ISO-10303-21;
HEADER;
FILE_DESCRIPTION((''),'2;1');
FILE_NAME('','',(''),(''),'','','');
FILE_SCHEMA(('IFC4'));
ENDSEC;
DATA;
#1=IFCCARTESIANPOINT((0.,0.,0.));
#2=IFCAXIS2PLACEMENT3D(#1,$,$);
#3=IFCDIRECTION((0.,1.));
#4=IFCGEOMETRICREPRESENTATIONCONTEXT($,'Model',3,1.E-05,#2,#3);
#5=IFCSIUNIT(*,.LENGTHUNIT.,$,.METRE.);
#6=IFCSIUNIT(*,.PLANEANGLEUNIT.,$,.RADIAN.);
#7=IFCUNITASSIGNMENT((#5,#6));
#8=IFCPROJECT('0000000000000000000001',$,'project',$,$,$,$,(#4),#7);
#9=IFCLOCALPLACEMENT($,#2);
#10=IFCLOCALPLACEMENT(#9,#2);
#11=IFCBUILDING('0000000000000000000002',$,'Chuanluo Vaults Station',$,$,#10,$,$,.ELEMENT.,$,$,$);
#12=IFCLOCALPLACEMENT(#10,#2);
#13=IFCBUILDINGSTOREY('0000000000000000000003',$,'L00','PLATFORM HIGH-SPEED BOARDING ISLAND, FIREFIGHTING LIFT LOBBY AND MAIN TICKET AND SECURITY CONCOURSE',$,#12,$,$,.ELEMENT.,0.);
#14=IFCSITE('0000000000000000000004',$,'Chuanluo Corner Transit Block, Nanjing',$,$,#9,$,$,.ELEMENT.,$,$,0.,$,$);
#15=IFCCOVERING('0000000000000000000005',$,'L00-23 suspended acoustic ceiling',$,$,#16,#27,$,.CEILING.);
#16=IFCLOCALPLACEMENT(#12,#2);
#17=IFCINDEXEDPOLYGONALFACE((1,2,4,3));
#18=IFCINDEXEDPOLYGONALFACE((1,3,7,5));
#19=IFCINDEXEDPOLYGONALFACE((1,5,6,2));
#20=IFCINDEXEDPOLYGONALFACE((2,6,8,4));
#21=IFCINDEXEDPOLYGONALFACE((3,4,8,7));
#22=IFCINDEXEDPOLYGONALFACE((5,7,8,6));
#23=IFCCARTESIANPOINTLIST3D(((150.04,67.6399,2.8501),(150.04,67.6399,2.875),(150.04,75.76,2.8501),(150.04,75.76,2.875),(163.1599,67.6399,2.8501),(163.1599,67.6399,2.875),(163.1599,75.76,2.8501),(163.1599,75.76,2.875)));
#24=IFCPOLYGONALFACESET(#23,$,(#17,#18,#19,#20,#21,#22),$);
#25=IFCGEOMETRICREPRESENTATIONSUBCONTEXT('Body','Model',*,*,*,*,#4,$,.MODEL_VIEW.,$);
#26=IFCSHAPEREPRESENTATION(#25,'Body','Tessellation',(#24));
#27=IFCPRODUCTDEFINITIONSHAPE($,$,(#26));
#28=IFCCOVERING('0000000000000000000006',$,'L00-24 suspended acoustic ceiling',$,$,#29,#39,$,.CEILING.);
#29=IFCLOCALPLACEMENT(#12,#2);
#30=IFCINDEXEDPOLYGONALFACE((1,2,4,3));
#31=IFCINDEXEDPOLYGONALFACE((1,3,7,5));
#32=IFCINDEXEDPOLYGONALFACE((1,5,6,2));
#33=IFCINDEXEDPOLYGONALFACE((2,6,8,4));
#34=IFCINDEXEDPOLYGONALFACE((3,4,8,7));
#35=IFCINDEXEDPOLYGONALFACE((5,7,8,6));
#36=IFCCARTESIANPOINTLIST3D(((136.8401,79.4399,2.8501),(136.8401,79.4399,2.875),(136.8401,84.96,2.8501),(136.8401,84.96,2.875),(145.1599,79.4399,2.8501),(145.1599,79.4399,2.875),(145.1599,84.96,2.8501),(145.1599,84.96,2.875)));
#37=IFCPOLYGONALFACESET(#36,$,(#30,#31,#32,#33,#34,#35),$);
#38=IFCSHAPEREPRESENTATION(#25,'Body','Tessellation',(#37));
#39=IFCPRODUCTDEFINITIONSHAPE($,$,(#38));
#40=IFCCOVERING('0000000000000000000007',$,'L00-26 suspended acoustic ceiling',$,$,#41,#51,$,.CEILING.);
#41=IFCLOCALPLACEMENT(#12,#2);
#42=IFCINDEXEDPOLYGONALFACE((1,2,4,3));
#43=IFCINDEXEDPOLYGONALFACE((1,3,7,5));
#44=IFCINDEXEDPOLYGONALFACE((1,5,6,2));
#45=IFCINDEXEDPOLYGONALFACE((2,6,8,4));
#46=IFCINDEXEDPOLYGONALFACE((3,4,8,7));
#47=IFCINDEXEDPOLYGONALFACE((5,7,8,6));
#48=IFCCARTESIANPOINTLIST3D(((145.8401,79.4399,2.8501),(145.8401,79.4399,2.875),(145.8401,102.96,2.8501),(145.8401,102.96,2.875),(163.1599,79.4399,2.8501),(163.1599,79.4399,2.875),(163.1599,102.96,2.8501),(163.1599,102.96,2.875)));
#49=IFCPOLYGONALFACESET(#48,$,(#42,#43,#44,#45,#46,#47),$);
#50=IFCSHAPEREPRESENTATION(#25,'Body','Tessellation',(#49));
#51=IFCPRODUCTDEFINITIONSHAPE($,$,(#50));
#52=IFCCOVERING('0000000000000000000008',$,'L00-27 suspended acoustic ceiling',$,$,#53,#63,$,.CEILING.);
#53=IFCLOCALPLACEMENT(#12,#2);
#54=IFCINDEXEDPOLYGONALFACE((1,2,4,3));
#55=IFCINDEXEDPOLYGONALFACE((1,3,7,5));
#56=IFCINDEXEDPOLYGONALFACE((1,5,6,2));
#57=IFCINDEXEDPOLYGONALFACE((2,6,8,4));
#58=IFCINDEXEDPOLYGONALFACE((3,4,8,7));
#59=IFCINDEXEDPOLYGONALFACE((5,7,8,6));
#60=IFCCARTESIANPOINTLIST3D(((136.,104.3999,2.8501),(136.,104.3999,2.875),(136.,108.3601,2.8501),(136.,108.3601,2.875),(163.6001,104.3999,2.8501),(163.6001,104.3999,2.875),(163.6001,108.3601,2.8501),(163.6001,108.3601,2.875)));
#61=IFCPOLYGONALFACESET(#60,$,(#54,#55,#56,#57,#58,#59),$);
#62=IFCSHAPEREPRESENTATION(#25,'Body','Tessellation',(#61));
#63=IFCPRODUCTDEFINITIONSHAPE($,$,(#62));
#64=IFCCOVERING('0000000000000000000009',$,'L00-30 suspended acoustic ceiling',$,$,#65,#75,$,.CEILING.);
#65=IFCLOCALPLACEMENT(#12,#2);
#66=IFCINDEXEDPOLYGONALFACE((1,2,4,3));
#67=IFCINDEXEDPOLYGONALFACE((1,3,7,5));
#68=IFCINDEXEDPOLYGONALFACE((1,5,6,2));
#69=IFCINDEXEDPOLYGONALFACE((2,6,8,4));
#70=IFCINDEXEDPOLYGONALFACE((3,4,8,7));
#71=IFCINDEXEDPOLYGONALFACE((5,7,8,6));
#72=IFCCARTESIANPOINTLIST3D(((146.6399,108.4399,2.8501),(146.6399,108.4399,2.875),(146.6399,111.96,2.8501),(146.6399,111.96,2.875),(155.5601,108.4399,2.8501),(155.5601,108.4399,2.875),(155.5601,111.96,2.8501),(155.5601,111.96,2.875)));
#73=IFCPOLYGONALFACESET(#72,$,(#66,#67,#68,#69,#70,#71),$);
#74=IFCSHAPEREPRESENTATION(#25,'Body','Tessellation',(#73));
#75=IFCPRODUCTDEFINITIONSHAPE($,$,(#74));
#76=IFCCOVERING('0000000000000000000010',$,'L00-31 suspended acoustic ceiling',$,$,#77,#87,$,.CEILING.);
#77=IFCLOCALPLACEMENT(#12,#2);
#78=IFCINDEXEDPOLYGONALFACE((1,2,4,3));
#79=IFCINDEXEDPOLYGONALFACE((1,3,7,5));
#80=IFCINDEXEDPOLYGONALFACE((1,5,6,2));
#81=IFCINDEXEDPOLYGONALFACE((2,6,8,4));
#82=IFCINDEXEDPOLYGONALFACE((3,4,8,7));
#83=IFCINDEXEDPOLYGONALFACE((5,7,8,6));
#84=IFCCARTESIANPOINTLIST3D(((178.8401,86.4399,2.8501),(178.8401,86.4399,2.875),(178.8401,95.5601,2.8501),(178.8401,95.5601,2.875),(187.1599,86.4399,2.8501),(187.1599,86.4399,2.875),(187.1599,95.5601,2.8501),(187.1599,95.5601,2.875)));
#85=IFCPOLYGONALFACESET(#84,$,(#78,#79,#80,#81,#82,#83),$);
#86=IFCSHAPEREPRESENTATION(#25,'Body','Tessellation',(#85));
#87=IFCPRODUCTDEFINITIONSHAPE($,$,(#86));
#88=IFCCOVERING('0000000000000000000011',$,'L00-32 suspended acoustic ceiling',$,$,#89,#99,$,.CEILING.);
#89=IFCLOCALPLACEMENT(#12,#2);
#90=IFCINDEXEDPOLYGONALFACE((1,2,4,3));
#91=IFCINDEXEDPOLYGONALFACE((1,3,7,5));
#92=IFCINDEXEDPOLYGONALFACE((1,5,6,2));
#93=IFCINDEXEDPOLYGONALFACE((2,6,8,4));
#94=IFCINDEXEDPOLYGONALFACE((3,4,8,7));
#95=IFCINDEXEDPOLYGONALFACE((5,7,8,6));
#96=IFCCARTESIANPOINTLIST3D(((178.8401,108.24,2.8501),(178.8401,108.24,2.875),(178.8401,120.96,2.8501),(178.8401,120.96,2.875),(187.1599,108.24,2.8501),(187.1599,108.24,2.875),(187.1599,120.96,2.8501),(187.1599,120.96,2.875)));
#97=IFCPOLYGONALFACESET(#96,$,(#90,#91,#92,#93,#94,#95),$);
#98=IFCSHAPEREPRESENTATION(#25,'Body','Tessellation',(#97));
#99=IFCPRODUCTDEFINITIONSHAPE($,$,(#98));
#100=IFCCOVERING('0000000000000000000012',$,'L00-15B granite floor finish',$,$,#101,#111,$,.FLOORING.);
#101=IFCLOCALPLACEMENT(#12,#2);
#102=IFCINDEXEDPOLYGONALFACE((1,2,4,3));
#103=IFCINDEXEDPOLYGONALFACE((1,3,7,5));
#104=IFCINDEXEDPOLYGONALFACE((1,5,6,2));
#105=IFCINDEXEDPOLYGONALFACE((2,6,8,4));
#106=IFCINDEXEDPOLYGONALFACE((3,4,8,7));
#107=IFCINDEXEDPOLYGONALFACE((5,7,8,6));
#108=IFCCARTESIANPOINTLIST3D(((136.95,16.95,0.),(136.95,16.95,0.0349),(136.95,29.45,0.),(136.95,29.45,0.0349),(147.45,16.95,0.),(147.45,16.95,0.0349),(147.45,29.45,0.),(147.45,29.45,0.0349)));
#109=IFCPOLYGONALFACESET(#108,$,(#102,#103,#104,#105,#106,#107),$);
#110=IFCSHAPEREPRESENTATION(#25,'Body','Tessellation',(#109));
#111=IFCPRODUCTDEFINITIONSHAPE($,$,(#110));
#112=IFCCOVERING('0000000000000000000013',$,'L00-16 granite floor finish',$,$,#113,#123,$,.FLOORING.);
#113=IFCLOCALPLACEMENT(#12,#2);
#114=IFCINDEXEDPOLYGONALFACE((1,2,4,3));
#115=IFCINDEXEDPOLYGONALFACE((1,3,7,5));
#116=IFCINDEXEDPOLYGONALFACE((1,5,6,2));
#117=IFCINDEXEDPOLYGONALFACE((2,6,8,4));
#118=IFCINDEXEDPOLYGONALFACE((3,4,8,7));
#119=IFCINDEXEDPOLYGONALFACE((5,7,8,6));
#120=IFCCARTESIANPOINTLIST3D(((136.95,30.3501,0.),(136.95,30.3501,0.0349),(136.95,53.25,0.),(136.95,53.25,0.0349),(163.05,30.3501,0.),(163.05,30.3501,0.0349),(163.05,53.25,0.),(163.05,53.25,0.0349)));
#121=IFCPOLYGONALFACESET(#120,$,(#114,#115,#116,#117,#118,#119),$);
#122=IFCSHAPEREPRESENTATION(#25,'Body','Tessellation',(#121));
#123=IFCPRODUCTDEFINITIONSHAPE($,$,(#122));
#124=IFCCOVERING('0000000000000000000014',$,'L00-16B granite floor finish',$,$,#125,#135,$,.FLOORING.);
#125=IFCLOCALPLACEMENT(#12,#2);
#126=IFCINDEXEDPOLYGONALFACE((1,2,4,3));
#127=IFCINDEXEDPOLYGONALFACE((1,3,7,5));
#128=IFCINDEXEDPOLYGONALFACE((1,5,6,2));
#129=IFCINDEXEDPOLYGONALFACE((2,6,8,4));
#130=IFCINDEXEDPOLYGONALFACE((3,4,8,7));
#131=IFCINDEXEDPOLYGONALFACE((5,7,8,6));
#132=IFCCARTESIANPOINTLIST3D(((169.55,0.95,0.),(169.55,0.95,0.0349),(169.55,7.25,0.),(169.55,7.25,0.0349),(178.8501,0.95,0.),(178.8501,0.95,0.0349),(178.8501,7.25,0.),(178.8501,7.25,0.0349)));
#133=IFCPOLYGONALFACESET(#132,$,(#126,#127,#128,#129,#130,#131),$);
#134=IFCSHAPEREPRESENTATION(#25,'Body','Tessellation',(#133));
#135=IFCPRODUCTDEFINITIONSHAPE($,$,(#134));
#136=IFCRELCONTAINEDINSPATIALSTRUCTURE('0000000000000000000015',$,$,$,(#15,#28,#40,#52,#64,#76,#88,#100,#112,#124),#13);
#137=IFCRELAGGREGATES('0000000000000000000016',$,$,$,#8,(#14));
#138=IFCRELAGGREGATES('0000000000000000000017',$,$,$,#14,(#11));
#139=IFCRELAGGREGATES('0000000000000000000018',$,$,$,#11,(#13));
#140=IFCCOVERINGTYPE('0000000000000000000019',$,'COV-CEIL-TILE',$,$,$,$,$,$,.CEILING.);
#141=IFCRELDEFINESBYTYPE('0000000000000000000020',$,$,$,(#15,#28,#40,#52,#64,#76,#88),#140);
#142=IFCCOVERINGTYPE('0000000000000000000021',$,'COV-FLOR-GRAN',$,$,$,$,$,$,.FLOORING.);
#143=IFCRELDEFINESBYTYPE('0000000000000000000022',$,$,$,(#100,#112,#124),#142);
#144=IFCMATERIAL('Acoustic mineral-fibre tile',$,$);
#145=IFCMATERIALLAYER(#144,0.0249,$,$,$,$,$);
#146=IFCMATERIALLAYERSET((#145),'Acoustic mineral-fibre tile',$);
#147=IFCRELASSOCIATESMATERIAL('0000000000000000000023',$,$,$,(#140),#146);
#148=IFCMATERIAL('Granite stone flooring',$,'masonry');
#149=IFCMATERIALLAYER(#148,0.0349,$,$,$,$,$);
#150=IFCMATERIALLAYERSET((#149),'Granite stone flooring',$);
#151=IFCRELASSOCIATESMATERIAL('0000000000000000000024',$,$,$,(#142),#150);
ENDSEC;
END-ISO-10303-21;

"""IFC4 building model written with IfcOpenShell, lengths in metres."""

from ifc_helpers import new_model, si_unit, direction, frame, origin, place, context, subcontext, project, spatial, polyline, outline, extrude, material, layer, layer_set, type_object, element, save


model = new_model("IFC4")

# Units and contexts
model_context = context("Model", 3, precision=1e-05, world=origin(), true_north=direction((0.0, 1.0)))
body_context = subcontext(model_context, "Body", "Model", "MODEL_VIEW")
ifc_project = project(units=[si_unit("LENGTHUNIT", "METRE"), si_unit("PLANEANGLEUNIT", "RADIAN")], contexts=[model_context])

# Site, building, storey
site_placement = place(None, origin())
site = spatial("IfcSite", under=ifc_project, at=site_placement, Name="Chuanluo Corner Transit Block, Nanjing", CompositionType="ELEMENT", RefElevation=0.0)
building_placement = place(site_placement, origin())
building = spatial("IfcBuilding", under=site, at=building_placement, Name="Chuanluo Vaults Station", CompositionType="ELEMENT")
storey_placement = place(building_placement, origin())
storey = spatial("IfcBuildingStorey", under=building, at=storey_placement, Name="L00", Description="PLATFORM HIGH-SPEED BOARDING ISLAND, FIREFIGHTING LIFT LOBBY AND MAIN TICKET AND SECURITY CONCOURSE", CompositionType="ELEMENT", Elevation=0.0)

# Coverings
ifc_material_1 = material(Name="Acoustic mineral-fibre tile")
ifc_layer_1 = layer(ifc_material_1, 0.0249)
ifc_layer_set_1 = layer_set([ifc_layer_1], Name="Acoustic mineral-fibre tile")
covering_type_1 = type_object("IfcCoveringType", Name="COV-CEIL-TILE", PredefinedType="CEILING", material=ifc_layer_set_1)
covering_1_placement = place(storey_placement, frame((0.0, 0.0, 2.8501)))
element("IfcCovering", 1, at=covering_1_placement, inside=storey, type_object=covering_type_1, Name="L00-23 suspended acoustic ceiling", PredefinedType="CEILING", context=body_context, shape_type="SweptSolid", body=[
    extrude(outline(polyline([(150.04, 67.6399), (163.1599, 67.6399), (163.1599, 75.76), (150.04, 75.76), (150.04, 67.6399)])), origin(), (0.0, 0.0, 1.0), 0.0249),
])
covering_2_placement = place(storey_placement, frame((0.0, 0.0, 2.8501)))
element("IfcCovering", 2, at=covering_2_placement, inside=storey, type_object=covering_type_1, Name="L00-24 suspended acoustic ceiling", PredefinedType="CEILING", context=body_context, shape_type="SweptSolid", body=[
    extrude(outline(polyline([(136.8401, 79.4399), (145.1599, 79.4399), (145.1599, 84.96), (136.8401, 84.96), (136.8401, 79.4399)])), origin(), (0.0, 0.0, 1.0), 0.0249),
])
covering_3_placement = place(storey_placement, frame((0.0, 0.0, 2.8501)))
element("IfcCovering", 3, at=covering_3_placement, inside=storey, type_object=covering_type_1, Name="L00-26 suspended acoustic ceiling", PredefinedType="CEILING", context=body_context, shape_type="SweptSolid", body=[
    extrude(outline(polyline([(145.8401, 79.4399), (163.1599, 79.4399), (163.1599, 102.96), (145.8401, 102.96), (145.8401, 79.4399)])), origin(), (0.0, 0.0, 1.0), 0.0249),
])
covering_4_placement = place(storey_placement, frame((0.0, 0.0, 2.8501)))
element("IfcCovering", 4, at=covering_4_placement, inside=storey, type_object=covering_type_1, Name="L00-27 suspended acoustic ceiling", PredefinedType="CEILING", context=body_context, shape_type="SweptSolid", body=[
    extrude(outline(polyline([(136.0, 104.3999), (163.6001, 104.3999), (163.6001, 108.3601), (136.0, 108.3601), (136.0, 104.3999)])), origin(), (0.0, 0.0, 1.0), 0.0249),
])
covering_5_placement = place(storey_placement, frame((0.0, 0.0, 2.8501)))
element("IfcCovering", 5, at=covering_5_placement, inside=storey, type_object=covering_type_1, Name="L00-30 suspended acoustic ceiling", PredefinedType="CEILING", context=body_context, shape_type="SweptSolid", body=[
    extrude(outline(polyline([(146.6399, 108.4399), (155.5601, 108.4399), (155.5601, 111.96), (146.6399, 111.96), (146.6399, 108.4399)])), origin(), (0.0, 0.0, 1.0), 0.0249),
])
covering_6_placement = place(storey_placement, frame((0.0, 0.0, 2.8501)))
element("IfcCovering", 6, at=covering_6_placement, inside=storey, type_object=covering_type_1, Name="L00-31 suspended acoustic ceiling", PredefinedType="CEILING", context=body_context, shape_type="SweptSolid", body=[
    extrude(outline(polyline([(178.8401, 86.4399), (187.1599, 86.4399), (187.1599, 95.5601), (178.8401, 95.5601), (178.8401, 86.4399)])), origin(), (0.0, 0.0, 1.0), 0.0249),
])
covering_7_placement = place(storey_placement, frame((0.0, 0.0, 2.8501)))
element("IfcCovering", 7, at=covering_7_placement, inside=storey, type_object=covering_type_1, Name="L00-32 suspended acoustic ceiling", PredefinedType="CEILING", context=body_context, shape_type="SweptSolid", body=[
    extrude(outline(polyline([(178.8401, 108.24), (187.1599, 108.24), (187.1599, 120.96), (178.8401, 120.96), (178.8401, 108.24)])), origin(), (0.0, 0.0, 1.0), 0.0249),
])
ifc_material_2 = material(Name="Granite stone flooring", Category="masonry")
ifc_layer_2 = layer(ifc_material_2, 0.0349)
ifc_layer_set_2 = layer_set([ifc_layer_2], Name="Granite stone flooring")
covering_type_2 = type_object("IfcCoveringType", Name="COV-FLOR-GRAN", PredefinedType="FLOORING", material=ifc_layer_set_2)
covering_8_placement = place(storey_placement, origin())
element("IfcCovering", 8, at=covering_8_placement, inside=storey, type_object=covering_type_2, Name="L00-15B granite floor finish", PredefinedType="FLOORING", context=body_context, shape_type="SweptSolid", body=[
    extrude(outline(polyline([(136.95, 16.95), (147.45, 16.95), (147.45, 29.45), (136.95, 29.45), (136.95, 16.95)])), origin(), (0.0, 0.0, 1.0), 0.0349),
])
covering_9_placement = place(storey_placement, origin())
element("IfcCovering", 9, at=covering_9_placement, inside=storey, type_object=covering_type_2, Name="L00-16 granite floor finish", PredefinedType="FLOORING", context=body_context, shape_type="SweptSolid", body=[
    extrude(outline(polyline([(136.95, 30.3501), (163.05, 30.3501), (163.05, 53.25), (136.95, 53.25), (136.95, 30.3501)])), origin(), (0.0, 0.0, 1.0), 0.0349),
])
covering_10_placement = place(storey_placement, origin())
element("IfcCovering", 10, at=covering_10_placement, inside=storey, type_object=covering_type_2, Name="L00-16B granite floor finish", PredefinedType="FLOORING", context=body_context, shape_type="SweptSolid", body=[
    extrude(outline(polyline([(169.55, 0.95), (178.8501, 0.95), (178.8501, 7.25), (169.55, 7.25), (169.55, 0.95)])), origin(), (0.0, 0.0, 1.0), 0.0349),
])

save(model, "model.ifc")
